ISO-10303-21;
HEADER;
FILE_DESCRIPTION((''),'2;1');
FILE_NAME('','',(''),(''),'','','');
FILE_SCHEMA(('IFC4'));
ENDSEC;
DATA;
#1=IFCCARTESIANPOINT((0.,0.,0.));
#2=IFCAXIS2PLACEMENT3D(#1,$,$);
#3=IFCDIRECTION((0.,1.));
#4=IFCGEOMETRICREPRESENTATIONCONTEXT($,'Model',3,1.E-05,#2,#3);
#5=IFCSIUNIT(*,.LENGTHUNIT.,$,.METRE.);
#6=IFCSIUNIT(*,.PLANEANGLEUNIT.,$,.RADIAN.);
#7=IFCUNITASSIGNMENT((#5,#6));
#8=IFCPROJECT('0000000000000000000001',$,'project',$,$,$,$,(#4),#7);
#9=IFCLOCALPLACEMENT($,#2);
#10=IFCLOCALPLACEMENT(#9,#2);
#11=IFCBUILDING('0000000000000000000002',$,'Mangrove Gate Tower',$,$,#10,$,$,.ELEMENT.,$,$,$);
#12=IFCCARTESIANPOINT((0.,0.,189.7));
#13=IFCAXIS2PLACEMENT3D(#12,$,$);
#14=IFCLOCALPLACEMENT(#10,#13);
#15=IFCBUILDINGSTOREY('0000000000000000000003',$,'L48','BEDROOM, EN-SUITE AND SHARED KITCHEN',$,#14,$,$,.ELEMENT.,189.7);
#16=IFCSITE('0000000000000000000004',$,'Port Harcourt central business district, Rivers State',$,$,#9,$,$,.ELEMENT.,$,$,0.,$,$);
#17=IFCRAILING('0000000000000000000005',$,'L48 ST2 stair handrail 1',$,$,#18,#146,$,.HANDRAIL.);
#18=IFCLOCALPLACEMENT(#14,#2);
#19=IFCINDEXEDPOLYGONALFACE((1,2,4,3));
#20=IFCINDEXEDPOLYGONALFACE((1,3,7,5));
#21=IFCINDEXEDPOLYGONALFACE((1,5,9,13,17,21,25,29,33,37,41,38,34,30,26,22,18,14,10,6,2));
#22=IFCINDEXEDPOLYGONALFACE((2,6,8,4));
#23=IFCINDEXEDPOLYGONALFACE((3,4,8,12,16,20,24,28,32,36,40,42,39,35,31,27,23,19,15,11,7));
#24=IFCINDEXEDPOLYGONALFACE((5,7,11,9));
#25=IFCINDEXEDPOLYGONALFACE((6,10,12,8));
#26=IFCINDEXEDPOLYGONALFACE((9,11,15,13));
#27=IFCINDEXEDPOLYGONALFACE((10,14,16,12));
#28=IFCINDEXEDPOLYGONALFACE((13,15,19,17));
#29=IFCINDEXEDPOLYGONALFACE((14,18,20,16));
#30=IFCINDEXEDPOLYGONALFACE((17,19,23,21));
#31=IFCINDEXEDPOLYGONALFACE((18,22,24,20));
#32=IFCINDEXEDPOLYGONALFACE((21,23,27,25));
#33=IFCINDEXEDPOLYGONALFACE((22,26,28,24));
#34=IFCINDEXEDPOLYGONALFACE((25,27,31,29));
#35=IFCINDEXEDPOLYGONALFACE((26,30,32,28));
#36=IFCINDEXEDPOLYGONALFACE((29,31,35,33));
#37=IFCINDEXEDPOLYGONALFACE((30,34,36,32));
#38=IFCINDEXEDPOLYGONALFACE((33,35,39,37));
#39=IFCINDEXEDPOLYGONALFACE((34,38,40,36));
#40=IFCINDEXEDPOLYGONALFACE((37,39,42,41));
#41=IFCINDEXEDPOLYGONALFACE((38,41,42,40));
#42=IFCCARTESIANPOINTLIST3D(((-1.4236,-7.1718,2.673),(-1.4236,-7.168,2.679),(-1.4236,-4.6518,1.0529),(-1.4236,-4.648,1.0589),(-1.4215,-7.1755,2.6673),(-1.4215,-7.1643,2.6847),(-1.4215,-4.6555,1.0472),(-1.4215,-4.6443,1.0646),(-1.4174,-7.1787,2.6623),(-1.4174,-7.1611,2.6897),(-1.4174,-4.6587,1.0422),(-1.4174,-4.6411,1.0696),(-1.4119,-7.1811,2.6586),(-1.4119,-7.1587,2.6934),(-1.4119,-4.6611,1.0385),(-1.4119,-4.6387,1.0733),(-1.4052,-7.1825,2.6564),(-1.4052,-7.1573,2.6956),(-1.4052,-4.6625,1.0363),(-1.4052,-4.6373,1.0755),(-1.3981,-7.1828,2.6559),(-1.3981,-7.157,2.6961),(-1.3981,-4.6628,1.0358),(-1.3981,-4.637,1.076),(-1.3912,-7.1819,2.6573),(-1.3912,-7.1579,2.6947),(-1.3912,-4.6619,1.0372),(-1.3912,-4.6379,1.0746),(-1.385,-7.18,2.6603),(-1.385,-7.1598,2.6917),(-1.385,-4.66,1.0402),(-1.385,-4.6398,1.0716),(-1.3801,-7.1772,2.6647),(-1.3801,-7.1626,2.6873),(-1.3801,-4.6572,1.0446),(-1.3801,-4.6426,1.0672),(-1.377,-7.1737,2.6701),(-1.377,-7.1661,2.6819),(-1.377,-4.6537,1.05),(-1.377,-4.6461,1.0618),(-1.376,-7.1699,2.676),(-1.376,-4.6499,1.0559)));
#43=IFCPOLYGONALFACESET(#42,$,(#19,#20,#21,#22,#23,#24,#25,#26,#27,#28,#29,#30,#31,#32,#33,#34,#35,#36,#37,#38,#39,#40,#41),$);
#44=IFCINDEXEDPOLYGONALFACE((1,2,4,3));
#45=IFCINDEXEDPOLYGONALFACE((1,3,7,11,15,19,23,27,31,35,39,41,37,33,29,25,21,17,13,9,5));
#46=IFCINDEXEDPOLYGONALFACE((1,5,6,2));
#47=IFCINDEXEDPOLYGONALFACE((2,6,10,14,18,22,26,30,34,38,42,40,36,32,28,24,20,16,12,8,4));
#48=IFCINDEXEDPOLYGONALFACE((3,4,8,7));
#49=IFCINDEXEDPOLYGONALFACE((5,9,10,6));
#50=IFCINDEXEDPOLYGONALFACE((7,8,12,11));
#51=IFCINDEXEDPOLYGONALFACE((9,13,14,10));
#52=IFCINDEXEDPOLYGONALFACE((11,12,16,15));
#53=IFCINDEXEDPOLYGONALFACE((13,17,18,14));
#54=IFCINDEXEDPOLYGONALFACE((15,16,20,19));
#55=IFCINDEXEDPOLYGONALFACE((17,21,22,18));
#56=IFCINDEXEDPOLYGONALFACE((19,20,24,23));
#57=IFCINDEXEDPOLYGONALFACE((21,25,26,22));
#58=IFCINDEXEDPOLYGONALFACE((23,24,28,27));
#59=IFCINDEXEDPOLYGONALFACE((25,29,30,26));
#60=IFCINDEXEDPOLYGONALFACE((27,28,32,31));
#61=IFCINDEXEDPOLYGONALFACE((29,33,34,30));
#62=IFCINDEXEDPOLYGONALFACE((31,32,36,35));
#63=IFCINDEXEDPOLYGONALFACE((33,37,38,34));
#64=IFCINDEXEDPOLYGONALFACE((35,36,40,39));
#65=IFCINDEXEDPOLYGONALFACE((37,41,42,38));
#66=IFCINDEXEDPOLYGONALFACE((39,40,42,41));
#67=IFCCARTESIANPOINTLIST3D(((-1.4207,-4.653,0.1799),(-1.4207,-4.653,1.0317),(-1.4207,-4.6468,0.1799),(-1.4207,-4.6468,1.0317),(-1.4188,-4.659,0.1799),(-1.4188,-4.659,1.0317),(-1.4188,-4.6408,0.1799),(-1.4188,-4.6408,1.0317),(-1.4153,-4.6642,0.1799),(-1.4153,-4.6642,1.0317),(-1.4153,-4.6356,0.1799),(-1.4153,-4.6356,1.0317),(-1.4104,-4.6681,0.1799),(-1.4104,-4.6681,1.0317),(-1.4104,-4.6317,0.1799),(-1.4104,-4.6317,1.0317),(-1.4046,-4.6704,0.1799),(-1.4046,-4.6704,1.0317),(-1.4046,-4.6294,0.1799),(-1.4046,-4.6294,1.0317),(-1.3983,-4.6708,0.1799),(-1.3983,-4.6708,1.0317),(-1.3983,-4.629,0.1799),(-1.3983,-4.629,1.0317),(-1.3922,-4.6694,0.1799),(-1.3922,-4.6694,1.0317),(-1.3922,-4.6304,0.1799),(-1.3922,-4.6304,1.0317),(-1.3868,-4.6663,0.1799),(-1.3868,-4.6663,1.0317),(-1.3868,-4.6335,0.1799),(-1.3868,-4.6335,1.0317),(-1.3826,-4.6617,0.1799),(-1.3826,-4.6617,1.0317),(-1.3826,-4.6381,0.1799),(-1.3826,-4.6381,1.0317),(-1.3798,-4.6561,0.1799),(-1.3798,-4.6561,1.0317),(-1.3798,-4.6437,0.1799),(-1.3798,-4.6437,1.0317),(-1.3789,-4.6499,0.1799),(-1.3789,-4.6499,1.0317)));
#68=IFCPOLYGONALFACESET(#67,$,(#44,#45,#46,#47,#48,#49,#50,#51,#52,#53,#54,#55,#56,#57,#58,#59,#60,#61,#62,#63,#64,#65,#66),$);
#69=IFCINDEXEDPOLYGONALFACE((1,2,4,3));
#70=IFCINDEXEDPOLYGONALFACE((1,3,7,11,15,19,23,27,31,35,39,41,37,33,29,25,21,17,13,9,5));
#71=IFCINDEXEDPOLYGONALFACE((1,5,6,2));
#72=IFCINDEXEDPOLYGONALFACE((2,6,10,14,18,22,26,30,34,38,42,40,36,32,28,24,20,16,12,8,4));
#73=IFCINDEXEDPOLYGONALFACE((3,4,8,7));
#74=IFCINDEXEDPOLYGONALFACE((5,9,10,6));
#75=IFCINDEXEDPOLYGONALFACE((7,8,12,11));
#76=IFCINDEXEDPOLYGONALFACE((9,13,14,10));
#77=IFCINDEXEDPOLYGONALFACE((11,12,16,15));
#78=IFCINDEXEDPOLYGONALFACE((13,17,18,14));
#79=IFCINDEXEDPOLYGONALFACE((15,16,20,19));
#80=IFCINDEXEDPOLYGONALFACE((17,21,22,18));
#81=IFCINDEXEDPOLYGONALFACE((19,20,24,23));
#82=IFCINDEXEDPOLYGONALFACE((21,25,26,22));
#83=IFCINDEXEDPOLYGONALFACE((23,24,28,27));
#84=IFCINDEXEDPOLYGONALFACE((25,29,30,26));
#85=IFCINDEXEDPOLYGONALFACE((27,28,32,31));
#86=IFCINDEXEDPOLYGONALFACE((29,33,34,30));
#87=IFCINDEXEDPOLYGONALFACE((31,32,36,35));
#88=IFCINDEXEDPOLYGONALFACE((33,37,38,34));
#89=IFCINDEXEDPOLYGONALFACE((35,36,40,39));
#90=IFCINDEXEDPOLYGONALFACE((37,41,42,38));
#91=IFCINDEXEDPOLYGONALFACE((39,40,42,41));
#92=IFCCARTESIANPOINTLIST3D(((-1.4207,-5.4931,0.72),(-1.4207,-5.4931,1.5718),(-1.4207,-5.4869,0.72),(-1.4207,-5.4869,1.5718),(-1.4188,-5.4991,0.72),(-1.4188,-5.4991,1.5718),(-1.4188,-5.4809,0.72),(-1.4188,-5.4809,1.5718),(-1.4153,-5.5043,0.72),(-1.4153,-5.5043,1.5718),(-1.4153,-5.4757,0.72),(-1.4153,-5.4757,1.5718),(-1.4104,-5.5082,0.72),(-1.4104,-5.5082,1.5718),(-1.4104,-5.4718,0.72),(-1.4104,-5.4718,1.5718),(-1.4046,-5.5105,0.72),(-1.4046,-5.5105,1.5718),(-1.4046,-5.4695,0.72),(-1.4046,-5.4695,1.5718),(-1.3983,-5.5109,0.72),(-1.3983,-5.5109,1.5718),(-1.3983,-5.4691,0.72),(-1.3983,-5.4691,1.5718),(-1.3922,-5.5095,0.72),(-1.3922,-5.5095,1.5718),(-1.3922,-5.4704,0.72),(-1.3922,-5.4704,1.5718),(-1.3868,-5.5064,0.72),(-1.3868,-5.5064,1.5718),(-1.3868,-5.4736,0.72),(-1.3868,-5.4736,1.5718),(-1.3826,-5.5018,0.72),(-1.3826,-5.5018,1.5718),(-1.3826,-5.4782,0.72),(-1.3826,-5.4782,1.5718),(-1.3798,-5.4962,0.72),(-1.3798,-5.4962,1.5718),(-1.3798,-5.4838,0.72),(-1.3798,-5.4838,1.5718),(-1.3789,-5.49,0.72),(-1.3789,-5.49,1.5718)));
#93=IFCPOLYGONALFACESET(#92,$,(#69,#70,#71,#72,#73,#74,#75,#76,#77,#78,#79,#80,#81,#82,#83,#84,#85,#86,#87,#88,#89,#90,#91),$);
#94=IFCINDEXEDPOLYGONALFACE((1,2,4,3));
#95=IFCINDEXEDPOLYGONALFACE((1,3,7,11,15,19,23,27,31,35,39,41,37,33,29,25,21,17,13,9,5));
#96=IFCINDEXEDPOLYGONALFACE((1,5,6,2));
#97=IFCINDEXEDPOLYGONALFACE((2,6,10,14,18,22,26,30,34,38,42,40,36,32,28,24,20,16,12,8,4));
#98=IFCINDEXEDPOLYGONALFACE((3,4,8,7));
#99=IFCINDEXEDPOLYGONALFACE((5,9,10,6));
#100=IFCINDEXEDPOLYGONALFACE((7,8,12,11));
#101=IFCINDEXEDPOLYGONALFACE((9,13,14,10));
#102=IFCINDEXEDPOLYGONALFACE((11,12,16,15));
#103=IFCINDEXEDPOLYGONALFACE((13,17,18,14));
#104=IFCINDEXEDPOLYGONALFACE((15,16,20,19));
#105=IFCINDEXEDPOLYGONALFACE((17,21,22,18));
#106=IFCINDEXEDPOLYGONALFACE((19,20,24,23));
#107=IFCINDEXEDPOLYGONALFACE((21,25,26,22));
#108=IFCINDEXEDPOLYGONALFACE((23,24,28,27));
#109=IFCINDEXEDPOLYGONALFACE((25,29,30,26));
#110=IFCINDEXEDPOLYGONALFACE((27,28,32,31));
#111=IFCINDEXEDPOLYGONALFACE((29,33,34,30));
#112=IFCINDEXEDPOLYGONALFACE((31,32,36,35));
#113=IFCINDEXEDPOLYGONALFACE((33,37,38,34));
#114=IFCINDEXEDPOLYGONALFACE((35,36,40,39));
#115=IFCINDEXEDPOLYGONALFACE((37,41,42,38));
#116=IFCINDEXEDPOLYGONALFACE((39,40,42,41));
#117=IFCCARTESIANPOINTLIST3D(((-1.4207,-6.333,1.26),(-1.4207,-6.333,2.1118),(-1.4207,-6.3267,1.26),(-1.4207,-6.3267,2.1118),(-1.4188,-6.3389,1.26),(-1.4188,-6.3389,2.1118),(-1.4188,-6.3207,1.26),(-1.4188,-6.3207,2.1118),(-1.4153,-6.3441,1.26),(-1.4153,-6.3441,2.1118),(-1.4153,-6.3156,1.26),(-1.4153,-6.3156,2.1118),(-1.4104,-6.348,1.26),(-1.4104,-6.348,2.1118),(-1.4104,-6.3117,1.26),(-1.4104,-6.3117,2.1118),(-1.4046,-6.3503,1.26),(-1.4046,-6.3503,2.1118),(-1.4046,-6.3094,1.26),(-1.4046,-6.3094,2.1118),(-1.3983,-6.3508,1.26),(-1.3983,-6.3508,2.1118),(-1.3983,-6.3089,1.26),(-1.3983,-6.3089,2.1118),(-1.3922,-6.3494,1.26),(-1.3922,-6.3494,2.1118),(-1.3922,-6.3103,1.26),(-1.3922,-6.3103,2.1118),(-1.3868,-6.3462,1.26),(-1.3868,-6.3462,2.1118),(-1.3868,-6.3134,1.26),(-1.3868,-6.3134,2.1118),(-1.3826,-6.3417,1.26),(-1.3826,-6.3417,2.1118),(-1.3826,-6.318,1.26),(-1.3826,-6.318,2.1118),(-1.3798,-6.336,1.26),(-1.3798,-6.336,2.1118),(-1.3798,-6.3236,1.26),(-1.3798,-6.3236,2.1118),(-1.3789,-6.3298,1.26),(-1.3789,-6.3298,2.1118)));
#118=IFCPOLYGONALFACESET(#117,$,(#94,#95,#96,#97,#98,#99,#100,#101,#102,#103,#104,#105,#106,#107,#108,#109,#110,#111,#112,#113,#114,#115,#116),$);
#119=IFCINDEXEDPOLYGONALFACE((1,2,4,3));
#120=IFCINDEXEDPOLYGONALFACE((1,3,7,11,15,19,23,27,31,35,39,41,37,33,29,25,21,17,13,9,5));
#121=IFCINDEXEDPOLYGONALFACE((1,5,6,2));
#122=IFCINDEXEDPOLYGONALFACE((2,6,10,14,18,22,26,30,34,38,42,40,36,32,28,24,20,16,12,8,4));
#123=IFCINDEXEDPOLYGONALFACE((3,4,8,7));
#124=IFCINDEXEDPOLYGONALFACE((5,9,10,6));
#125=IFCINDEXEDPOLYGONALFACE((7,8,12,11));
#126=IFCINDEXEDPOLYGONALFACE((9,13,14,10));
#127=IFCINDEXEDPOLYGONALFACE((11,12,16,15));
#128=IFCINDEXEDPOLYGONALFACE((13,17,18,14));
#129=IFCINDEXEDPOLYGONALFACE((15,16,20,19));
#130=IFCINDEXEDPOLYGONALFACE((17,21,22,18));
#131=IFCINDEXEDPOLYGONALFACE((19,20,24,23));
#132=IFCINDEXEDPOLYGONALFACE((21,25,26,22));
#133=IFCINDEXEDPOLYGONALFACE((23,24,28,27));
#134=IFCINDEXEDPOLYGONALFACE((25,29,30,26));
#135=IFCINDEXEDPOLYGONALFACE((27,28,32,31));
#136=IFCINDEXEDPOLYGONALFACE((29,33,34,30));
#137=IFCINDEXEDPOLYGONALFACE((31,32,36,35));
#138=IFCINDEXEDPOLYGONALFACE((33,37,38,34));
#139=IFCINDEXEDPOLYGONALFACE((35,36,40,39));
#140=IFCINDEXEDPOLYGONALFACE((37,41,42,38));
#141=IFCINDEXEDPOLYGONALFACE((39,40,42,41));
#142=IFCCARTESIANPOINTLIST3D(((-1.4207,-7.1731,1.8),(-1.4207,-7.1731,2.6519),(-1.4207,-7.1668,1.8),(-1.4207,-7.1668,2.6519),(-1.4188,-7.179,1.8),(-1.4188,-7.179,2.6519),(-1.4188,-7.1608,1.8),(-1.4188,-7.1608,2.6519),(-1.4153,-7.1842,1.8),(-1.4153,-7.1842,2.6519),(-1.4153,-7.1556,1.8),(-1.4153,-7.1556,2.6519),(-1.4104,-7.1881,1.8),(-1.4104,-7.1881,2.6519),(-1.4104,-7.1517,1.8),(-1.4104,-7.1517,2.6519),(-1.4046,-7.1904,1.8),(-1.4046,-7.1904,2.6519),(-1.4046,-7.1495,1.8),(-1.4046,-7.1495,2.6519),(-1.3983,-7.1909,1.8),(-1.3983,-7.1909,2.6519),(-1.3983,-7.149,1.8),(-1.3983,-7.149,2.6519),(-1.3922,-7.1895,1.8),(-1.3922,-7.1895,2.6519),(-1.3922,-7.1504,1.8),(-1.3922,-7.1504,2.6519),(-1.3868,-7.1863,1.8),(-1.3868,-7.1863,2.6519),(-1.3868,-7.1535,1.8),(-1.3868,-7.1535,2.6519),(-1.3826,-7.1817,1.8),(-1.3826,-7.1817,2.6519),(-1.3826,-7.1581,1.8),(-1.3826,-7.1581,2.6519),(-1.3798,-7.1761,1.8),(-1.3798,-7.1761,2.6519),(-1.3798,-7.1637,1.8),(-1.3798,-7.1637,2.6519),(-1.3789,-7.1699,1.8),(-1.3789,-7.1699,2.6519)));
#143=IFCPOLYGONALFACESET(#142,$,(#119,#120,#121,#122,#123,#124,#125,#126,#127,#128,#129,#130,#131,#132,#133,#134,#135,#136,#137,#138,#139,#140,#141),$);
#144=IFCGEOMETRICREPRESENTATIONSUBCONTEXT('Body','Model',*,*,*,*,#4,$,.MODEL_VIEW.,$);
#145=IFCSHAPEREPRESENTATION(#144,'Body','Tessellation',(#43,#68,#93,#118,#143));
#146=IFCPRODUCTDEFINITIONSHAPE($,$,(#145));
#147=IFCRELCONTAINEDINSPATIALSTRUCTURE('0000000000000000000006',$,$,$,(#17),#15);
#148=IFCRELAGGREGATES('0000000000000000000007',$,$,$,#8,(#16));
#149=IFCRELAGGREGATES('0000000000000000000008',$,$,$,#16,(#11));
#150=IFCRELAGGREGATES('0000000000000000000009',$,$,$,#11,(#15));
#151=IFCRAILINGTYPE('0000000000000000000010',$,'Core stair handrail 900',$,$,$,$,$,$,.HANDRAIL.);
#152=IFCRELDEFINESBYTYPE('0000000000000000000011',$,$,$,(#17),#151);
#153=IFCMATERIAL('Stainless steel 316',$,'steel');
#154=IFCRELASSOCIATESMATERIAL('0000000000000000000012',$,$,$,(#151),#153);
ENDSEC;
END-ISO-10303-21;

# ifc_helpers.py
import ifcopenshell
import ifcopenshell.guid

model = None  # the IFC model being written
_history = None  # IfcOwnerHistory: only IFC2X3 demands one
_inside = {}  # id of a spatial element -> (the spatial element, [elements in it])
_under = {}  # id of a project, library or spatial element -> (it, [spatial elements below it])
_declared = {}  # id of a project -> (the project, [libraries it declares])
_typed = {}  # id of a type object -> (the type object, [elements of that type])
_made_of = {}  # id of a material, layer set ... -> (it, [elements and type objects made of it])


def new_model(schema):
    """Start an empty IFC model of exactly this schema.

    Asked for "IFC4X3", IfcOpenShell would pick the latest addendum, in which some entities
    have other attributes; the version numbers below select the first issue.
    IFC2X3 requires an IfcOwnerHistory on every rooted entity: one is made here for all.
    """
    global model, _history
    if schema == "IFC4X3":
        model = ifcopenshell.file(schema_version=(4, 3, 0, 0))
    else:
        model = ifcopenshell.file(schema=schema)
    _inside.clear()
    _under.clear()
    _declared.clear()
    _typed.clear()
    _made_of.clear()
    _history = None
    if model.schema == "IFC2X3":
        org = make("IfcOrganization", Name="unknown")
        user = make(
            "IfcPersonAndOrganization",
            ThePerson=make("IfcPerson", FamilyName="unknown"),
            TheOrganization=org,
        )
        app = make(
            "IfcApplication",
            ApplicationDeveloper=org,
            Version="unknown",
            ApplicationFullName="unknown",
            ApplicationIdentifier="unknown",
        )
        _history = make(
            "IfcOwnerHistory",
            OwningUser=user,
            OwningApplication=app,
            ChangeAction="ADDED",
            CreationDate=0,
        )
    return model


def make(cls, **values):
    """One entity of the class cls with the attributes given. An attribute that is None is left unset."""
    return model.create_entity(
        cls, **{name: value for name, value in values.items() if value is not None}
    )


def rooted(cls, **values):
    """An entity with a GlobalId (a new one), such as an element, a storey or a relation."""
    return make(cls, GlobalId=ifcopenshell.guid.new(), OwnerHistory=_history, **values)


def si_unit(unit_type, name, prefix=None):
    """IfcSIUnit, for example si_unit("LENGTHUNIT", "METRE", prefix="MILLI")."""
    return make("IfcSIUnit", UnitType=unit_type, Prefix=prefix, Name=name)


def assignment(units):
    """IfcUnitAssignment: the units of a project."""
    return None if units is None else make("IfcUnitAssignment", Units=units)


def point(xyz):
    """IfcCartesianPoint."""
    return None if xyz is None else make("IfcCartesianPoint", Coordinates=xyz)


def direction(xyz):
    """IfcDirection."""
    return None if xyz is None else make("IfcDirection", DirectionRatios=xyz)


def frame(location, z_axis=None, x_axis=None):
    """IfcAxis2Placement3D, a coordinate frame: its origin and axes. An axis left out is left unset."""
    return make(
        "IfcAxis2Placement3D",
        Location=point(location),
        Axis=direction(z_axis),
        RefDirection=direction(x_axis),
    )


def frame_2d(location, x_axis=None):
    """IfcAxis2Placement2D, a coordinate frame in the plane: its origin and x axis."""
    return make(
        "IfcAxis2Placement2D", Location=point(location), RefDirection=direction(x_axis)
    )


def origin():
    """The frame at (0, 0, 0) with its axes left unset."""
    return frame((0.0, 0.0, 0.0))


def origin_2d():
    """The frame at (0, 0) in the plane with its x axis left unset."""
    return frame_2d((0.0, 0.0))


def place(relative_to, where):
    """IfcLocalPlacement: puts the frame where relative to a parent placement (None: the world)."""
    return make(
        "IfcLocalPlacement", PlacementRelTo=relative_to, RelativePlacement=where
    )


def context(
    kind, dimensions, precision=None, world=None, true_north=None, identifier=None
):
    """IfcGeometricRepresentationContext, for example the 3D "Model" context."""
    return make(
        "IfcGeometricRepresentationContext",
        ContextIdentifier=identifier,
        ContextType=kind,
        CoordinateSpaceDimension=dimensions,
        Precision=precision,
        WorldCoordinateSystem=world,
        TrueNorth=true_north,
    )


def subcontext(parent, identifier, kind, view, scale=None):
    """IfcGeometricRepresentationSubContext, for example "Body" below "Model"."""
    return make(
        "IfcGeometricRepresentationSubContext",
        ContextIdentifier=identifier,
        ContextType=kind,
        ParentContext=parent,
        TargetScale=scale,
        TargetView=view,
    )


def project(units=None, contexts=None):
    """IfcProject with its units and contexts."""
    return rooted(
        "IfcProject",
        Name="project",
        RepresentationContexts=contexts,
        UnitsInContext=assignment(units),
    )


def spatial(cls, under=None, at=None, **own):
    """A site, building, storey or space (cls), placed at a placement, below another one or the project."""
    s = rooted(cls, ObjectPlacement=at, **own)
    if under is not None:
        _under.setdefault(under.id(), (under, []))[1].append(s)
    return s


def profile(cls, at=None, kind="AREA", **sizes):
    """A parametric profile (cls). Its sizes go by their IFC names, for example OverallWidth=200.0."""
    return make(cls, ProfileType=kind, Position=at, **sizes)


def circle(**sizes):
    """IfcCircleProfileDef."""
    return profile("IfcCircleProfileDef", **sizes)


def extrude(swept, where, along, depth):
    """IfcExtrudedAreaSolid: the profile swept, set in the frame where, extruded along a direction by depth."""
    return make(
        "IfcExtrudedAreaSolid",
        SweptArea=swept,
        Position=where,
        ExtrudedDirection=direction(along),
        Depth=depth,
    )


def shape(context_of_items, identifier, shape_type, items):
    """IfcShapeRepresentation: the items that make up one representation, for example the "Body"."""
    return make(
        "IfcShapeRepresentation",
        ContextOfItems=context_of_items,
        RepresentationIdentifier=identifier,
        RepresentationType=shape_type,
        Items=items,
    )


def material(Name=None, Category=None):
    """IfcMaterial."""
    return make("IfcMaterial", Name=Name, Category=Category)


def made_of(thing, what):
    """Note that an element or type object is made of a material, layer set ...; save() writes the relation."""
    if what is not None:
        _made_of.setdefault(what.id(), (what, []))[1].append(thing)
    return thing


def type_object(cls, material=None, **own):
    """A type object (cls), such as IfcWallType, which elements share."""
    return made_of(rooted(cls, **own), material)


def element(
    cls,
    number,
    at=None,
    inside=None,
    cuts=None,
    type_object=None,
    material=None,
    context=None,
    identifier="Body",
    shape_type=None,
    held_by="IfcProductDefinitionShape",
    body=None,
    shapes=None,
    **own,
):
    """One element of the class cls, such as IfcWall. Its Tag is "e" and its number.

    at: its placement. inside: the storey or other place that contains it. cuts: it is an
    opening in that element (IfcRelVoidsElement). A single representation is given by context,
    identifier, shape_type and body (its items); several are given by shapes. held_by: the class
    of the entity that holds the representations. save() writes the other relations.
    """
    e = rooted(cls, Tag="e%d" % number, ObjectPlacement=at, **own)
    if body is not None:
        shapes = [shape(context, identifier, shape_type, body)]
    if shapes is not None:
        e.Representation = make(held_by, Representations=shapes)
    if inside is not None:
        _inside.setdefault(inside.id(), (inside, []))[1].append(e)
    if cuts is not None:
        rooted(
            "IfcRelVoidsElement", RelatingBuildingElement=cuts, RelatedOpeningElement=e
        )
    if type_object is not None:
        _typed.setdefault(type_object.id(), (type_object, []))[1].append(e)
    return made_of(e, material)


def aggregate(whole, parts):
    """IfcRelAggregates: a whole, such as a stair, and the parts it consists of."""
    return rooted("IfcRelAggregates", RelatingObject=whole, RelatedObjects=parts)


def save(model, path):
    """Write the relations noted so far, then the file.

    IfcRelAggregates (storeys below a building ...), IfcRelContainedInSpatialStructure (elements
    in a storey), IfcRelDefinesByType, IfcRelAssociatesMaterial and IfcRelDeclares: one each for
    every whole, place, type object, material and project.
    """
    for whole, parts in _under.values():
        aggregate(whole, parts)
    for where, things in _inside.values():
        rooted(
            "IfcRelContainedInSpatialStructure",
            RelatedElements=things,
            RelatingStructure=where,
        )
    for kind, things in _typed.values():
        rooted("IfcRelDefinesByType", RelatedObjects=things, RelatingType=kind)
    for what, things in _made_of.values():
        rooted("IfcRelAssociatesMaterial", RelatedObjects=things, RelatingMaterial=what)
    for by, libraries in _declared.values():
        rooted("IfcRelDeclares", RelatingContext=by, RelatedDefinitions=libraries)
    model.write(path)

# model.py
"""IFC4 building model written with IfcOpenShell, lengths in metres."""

from ifc_helpers import new_model, si_unit, direction, frame, origin, origin_2d, place, context, subcontext, project, spatial, circle, extrude, material, type_object, element, save


model = new_model("IFC4")

# Units and contexts
model_context = context("Model", 3, precision=1e-05, world=origin(), true_north=direction((0.0, 1.0)))
body_context = subcontext(model_context, "Body", "Model", "MODEL_VIEW")
ifc_project = project(units=[si_unit("LENGTHUNIT", "METRE"), si_unit("PLANEANGLEUNIT", "RADIAN")], contexts=[model_context])

# Site, building, storey
site_placement = place(None, origin())
site = spatial("IfcSite", under=ifc_project, at=site_placement, Name="Port Harcourt central business district, Rivers State", CompositionType="ELEMENT", RefElevation=0.0)
building_placement = place(site_placement, origin())
building = spatial("IfcBuilding", under=site, at=building_placement, Name="Mangrove Gate Tower", CompositionType="ELEMENT")
storey_placement = place(building_placement, frame((0.0, 0.0, 189.7)))
storey = spatial("IfcBuildingStorey", under=building, at=storey_placement, Name="L48", Description="BEDROOM, EN-SUITE AND SHARED KITCHEN", CompositionType="ELEMENT", Elevation=189.7)

# Railing
ifc_material_1 = material(Name="Stainless steel 316", Category="steel")
railing_type_1 = type_object("IfcRailingType", Name="Core stair handrail 900", PredefinedType="HANDRAIL", material=ifc_material_1)
railing_1_placement = place(storey_placement, frame((-1.3999, -4.6499, 0.1799)))
element("IfcRailing", 1, at=railing_1_placement, inside=storey, type_object=railing_type_1, Name="L48 ST2 stair handrail 1", PredefinedType="HANDRAIL", context=body_context, shape_type="SweptSolid", body=[
    extrude(circle(Radius=0.0239, at=origin_2d()), frame((0.0, 0.0, 0.876), z_axis=(0.0, -0.841163, 0.540782), x_axis=(1.0, 0.0, 0.0)), (0.0, 0.0, 1.0), 2.9958),
    extrude(circle(Radius=0.021, at=origin_2d()), origin(), (0.0, 0.0, 1.0), 0.8518),
    extrude(circle(Radius=0.021, at=origin_2d()), frame((0.0, -0.8401, 0.54)), (0.0, 0.0, 1.0), 0.8518),
    extrude(circle(Radius=0.021, at=origin_2d()), frame((0.0, -1.6799, 1.0801)), (0.0, 0.0, 1.0), 0.8518),
    extrude(circle(Radius=0.021, at=origin_2d()), frame((0.0, -2.52, 1.6201)), (0.0, 0.0, 1.0), 0.8518),
])

save(model, "model.ifc")
